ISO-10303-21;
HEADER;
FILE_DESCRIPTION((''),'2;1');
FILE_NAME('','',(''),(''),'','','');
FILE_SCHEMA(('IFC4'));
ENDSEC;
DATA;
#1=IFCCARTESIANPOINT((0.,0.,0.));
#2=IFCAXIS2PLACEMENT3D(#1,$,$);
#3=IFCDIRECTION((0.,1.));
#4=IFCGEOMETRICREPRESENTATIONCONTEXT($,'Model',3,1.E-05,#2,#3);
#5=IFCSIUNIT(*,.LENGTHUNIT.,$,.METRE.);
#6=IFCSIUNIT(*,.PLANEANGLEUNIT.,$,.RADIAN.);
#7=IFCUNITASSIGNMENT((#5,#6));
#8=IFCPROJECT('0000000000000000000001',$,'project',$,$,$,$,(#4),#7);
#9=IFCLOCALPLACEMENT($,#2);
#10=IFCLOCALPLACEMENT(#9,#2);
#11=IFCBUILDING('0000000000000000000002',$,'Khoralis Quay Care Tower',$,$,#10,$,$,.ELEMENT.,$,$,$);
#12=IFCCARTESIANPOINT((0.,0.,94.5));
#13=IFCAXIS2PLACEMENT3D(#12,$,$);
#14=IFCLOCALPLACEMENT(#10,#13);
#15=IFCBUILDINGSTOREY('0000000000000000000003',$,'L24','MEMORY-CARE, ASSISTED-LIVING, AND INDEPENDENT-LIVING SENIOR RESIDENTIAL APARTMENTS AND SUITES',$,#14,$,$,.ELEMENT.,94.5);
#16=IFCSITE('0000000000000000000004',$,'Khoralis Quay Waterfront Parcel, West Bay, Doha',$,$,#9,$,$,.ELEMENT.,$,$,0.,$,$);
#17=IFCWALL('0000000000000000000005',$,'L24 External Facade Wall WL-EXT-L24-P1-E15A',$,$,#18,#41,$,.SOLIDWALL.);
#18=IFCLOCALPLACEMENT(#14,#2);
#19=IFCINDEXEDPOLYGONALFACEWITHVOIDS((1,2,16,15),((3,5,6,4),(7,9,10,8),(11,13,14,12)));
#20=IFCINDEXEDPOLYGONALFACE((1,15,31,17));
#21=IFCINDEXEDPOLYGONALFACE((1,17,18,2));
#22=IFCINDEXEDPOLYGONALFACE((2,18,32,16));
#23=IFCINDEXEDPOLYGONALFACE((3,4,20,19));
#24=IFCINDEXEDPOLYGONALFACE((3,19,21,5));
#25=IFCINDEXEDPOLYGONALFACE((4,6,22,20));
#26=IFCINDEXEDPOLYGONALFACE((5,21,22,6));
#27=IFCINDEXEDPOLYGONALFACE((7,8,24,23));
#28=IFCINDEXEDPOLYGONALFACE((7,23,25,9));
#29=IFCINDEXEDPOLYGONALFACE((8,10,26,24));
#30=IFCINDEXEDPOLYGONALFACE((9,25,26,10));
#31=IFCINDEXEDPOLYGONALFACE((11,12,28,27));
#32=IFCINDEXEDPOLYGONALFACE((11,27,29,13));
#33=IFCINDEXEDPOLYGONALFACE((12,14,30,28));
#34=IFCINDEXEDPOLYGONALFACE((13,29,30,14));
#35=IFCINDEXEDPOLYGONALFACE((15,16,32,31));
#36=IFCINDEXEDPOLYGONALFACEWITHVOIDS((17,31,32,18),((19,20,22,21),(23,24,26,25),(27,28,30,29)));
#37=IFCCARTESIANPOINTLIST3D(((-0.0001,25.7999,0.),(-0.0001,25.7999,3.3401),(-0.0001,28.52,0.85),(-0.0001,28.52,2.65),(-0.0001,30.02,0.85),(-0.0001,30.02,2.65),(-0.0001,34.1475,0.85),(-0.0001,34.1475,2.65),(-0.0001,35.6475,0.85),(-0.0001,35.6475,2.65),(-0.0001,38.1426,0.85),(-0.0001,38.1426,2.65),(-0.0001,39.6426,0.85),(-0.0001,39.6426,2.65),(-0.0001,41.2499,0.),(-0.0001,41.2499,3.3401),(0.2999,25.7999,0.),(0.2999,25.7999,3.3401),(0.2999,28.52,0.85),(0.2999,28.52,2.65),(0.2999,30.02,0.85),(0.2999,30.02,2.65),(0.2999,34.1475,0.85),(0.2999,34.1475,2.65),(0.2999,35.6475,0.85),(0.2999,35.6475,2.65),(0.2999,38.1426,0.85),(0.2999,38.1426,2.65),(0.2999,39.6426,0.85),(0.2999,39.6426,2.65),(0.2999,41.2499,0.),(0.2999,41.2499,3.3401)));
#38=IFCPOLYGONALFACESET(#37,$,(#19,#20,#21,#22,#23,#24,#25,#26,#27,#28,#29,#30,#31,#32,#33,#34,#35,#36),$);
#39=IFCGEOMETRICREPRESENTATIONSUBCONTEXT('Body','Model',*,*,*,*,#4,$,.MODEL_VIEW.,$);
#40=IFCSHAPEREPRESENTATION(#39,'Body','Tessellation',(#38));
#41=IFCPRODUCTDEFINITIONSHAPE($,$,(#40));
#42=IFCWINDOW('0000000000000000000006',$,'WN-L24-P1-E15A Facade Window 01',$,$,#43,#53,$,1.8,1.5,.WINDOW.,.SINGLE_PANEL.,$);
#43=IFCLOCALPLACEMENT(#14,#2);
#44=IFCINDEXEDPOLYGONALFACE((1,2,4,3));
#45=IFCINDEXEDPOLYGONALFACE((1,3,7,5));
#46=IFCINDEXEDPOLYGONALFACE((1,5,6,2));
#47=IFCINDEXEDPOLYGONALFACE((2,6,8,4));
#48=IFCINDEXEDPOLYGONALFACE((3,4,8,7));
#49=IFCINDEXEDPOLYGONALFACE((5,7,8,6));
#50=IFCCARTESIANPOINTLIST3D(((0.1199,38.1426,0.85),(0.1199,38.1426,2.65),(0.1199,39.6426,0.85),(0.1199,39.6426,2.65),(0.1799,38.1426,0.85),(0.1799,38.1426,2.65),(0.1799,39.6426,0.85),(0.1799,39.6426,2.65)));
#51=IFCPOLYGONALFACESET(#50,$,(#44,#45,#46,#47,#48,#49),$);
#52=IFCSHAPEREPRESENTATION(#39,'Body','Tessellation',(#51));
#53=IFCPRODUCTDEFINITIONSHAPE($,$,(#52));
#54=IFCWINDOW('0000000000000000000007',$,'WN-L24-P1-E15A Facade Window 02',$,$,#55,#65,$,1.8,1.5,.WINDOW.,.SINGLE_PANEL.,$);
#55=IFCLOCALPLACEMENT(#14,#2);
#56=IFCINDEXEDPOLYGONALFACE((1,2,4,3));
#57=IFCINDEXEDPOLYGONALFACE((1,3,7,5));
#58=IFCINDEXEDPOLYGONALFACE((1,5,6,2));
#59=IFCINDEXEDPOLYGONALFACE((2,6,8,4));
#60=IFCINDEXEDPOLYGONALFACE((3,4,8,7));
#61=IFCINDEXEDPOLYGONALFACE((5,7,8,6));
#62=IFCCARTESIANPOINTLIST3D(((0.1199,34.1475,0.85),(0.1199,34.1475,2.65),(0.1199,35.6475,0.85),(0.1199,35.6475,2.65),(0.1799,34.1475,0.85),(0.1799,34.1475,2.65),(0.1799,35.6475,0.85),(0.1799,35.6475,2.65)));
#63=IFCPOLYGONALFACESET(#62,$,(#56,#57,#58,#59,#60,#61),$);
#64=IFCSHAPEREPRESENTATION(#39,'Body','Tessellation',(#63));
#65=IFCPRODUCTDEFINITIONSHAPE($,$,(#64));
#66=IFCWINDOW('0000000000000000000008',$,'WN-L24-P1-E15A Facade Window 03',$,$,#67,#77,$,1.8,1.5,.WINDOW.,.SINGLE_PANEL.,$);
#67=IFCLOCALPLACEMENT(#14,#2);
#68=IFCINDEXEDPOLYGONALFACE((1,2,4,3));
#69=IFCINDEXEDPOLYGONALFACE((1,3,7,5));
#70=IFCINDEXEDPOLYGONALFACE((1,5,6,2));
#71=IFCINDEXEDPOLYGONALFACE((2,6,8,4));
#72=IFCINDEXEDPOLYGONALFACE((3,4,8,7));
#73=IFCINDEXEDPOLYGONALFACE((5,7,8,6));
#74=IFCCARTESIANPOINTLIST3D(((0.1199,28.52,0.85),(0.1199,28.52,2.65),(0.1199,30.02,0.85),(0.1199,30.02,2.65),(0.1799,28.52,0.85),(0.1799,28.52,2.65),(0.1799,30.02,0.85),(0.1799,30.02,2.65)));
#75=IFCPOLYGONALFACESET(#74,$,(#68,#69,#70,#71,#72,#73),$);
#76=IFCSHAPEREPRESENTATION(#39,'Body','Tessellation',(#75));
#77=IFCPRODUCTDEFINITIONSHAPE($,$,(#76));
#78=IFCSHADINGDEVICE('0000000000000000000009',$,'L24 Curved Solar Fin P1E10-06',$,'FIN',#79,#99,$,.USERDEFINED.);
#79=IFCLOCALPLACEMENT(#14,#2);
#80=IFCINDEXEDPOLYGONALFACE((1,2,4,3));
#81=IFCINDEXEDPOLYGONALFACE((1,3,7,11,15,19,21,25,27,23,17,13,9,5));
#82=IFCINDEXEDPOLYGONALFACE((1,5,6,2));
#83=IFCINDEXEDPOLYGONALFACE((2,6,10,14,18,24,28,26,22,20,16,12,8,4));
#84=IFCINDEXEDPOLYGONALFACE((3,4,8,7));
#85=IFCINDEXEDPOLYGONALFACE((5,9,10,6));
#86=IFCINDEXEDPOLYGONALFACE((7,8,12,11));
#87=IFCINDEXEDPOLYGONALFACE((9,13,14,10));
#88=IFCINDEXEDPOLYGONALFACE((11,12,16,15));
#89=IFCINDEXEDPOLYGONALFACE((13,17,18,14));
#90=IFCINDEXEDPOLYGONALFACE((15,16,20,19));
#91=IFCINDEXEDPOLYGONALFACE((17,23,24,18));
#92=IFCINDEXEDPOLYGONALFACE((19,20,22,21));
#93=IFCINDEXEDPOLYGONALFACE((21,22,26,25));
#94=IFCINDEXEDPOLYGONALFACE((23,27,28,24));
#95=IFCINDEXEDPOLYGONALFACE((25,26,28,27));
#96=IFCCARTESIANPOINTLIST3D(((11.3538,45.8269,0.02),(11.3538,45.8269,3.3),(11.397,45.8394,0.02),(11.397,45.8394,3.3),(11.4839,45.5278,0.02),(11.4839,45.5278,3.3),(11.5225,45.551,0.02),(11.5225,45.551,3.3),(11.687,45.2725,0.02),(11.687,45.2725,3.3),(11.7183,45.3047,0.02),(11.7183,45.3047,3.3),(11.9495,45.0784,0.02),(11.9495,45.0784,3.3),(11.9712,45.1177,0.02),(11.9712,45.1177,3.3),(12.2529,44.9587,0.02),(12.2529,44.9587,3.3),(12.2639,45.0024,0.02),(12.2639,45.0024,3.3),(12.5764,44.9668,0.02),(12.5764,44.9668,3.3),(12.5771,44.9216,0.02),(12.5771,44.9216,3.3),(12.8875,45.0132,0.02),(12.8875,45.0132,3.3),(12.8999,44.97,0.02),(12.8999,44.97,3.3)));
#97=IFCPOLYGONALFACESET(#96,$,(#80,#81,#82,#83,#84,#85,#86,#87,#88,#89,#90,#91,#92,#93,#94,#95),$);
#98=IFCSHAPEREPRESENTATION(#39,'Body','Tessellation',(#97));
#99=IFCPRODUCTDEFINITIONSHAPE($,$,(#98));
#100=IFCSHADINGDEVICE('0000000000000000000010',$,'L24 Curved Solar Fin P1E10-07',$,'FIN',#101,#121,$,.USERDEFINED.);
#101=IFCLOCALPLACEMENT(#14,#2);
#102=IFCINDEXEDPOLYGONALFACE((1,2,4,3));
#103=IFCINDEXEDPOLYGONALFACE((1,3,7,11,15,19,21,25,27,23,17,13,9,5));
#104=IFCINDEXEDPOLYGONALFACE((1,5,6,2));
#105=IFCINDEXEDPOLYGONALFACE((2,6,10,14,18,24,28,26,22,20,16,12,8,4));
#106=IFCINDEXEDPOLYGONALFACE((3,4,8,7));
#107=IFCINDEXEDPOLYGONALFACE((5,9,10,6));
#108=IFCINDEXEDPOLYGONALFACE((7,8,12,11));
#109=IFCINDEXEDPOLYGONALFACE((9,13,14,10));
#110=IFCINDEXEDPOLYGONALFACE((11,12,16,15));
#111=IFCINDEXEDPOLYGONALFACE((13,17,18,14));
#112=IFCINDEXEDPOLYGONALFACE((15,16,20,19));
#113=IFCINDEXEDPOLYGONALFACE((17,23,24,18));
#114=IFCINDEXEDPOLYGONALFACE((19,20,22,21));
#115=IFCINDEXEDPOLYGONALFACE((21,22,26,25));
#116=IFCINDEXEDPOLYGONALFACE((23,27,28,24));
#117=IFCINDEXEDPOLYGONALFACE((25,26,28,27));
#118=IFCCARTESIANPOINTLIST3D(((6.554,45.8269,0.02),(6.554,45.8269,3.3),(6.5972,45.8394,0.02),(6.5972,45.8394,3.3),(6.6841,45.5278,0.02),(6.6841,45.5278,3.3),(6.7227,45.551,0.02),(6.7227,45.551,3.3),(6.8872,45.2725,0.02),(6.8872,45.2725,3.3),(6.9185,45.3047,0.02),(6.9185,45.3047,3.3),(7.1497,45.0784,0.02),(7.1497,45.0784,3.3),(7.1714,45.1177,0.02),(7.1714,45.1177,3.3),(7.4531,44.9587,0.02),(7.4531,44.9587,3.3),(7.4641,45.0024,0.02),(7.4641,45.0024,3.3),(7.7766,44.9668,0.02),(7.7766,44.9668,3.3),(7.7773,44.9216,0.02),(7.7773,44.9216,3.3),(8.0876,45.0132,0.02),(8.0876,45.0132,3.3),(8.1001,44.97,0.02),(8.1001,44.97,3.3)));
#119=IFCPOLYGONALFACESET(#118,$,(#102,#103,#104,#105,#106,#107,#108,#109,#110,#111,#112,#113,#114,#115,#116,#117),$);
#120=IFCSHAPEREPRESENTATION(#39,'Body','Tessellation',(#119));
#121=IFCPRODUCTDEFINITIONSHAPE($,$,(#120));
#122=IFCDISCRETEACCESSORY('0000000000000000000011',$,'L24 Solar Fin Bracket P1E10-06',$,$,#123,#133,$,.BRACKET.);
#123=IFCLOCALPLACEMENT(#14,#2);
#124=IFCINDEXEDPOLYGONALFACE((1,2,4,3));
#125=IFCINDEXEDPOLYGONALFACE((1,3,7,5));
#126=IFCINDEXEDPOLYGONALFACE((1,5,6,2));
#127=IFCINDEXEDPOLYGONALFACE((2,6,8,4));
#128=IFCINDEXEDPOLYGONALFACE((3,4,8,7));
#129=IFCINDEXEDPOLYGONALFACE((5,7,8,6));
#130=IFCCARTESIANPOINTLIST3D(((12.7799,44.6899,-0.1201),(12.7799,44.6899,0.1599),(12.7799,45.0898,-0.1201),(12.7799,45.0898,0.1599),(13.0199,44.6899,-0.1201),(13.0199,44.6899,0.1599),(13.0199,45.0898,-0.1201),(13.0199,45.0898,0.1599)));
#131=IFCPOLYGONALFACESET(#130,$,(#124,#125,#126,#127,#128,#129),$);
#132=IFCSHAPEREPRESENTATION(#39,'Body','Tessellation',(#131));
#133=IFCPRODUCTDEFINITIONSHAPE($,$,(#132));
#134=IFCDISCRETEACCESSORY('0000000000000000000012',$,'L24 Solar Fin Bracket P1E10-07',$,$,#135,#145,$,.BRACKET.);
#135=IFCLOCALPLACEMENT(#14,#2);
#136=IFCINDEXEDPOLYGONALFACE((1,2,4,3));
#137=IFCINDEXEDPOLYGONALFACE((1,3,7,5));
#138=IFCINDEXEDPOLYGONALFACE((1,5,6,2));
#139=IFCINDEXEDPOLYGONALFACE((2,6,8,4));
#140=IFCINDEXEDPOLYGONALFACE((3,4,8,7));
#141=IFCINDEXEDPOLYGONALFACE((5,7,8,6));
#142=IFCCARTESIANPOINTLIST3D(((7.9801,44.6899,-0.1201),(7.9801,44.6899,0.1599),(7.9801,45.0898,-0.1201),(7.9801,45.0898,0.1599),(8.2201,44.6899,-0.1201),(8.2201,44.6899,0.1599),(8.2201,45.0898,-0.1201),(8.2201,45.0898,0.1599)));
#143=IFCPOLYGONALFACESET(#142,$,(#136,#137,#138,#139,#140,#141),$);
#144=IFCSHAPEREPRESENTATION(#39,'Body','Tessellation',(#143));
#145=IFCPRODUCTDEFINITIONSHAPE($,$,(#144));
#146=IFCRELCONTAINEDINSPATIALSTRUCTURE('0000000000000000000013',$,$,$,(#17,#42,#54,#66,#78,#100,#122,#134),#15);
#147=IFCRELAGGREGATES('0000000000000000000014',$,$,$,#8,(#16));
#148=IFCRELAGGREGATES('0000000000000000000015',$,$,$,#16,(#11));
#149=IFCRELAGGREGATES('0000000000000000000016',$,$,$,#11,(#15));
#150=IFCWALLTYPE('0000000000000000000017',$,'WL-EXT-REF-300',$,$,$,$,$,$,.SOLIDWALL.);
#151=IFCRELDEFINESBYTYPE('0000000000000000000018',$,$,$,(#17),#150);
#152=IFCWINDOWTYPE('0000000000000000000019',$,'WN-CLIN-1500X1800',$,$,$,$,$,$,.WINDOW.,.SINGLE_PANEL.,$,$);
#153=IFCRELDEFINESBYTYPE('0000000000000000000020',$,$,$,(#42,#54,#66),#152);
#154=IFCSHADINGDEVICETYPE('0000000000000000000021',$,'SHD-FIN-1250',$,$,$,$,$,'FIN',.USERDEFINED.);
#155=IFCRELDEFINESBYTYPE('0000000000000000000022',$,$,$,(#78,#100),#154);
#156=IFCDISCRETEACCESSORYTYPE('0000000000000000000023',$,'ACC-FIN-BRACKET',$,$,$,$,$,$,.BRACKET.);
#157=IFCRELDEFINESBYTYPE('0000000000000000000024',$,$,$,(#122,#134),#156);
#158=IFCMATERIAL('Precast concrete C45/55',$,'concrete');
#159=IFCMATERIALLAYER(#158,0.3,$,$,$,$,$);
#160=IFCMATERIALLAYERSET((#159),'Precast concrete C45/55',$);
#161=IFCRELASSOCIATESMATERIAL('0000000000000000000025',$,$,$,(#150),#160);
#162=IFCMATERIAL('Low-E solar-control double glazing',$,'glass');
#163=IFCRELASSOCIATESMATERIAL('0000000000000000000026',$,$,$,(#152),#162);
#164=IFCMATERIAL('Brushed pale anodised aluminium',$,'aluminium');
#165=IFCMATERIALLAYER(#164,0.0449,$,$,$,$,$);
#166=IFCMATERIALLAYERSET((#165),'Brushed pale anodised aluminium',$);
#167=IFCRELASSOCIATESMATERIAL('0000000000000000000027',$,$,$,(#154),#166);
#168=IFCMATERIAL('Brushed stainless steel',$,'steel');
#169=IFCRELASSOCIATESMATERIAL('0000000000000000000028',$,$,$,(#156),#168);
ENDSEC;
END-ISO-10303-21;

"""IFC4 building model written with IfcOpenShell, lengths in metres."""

from ifc_helpers import new_model, si_unit, direction, frame, frame_2d, origin, origin_2d, place, context, subcontext, project, spatial, polyline, rectangle, outline, extrude, source, transform, mapped, material, layer, layer_set, type_object, element, fill, save


model = new_model("IFC4")

# Units and contexts
model_context = context("Model", 3, precision=1e-05, world=origin(), true_north=direction((0.0, 1.0)))
body_context = subcontext(model_context, "Body", "Model", "MODEL_VIEW")
ifc_project = project(units=[si_unit("LENGTHUNIT", "METRE"), si_unit("PLANEANGLEUNIT", "RADIAN")], contexts=[model_context])

# Site, building, storey
site_placement = place(None, origin())
site = spatial("IfcSite", under=ifc_project, at=site_placement, Name="Khoralis Quay Waterfront Parcel, West Bay, Doha", CompositionType="ELEMENT", RefElevation=0.0)
building_placement = place(site_placement, origin())
building = spatial("IfcBuilding", under=site, at=building_placement, Name="Khoralis Quay Care Tower", CompositionType="ELEMENT")
storey_placement = place(building_placement, frame((0.0, 0.0, 94.5)))
storey = spatial("IfcBuildingStorey", under=building, at=storey_placement, Name="L24", Description="MEMORY-CARE, ASSISTED-LIVING, AND INDEPENDENT-LIVING SENIOR RESIDENTIAL APARTMENTS AND SUITES", CompositionType="ELEMENT", Elevation=94.5)

# Shared definitions
ifc_material_1 = material(Name="Low-E solar-control double glazing", Category="glass")

# Shared definitions
ifc_material_2 = material(Name="Precast concrete C45/55", Category="concrete")
ifc_layer_1 = layer(ifc_material_2, 0.3)
ifc_layer_set_1 = layer_set([ifc_layer_1], Name="Precast concrete C45/55")
wall_type = type_object("IfcWallType", Name="WL-EXT-REF-300", PredefinedType="SOLIDWALL", material=ifc_layer_set_1)
window_type = type_object("IfcWindowType", Name="WN-CLIN-1500X1800", PartitioningType="SINGLE_PANEL", PredefinedType="WINDOW", material=ifc_material_1)
shared_shape_1 = source(origin(), body_context, "Body", "SweptSolid", [
    extrude(rectangle(XDim=1.5, YDim=1.8, at=frame_2d((0.75, 0.8999))), frame((0.0, 0.03, 0.0), z_axis=(0.0, -1.0, 0.0), x_axis=(1.0, 0.0, 0.0)), (0.0, 0.0, 1.0), 0.0601),
])

# Wall, openings, windows
wall_1_placement = place(storey_placement, frame((0.1499, 41.25, 0.0), z_axis=(0.0, 0.0, 1.0), x_axis=(0.0, -1.0, 0.0)))
wall_1 = element("IfcWall", 1, at=wall_1_placement, inside=storey, type_object=wall_type, Name="L24 External Facade Wall WL-EXT-L24-P1-E15A", PredefinedType="SOLIDWALL", context=body_context, shape_type="SweptSolid", body=[
    extrude(rectangle(XDim=15.45, YDim=0.3, at=frame_2d((7.7251, 0.0))), origin(), (0.0, 0.0, 1.0), 3.3401),
])
opening_1_placement = place(wall_1_placement, frame((1.6074, 0.0, 0.8501)))
opening_1 = element("IfcOpeningElement", 2, at=opening_1_placement, cuts=wall_1, PredefinedType="OPENING", context=body_context, shape_type="SweptSolid", body=[
    extrude(rectangle(XDim=1.5, YDim=1.8, at=frame_2d((0.75, 0.8999))), frame((0.0, 0.1602, 0.0), z_axis=(0.0, -1.0, 0.0), x_axis=(1.0, 0.0, 0.0)), (0.0, 0.0, 1.0), 0.3201),
])
opening_2_placement = place(wall_1_placement, frame((5.6025, 0.0, 0.8501)))
opening_2 = element("IfcOpeningElement", 3, at=opening_2_placement, cuts=wall_1, PredefinedType="OPENING", context=body_context, shape_type="SweptSolid", body=[
    extrude(rectangle(XDim=1.5, YDim=1.8, at=frame_2d((0.75, 0.8999))), frame((0.0, 0.1602, 0.0), z_axis=(0.0, -1.0, 0.0), x_axis=(1.0, 0.0, 0.0)), (0.0, 0.0, 1.0), 0.3201),
])
opening_3_placement = place(wall_1_placement, frame((11.23, 0.0, 0.8501)))
opening_3 = element("IfcOpeningElement", 4, at=opening_3_placement, cuts=wall_1, PredefinedType="OPENING", context=body_context, shape_type="SweptSolid", body=[
    extrude(rectangle(XDim=1.5, YDim=1.8, at=frame_2d((0.75, 0.8999))), frame((0.0, 0.1602, 0.0), z_axis=(0.0, -1.0, 0.0), x_axis=(1.0, 0.0, 0.0)), (0.0, 0.0, 1.0), 0.3201),
])
window_1_placement = place(opening_1_placement, origin())
window_1 = element("IfcWindow", 5, at=window_1_placement, inside=storey, type_object=window_type, Name="WN-L24-P1-E15A Facade Window 01", OverallHeight=1.8, OverallWidth=1.5, PartitioningType="SINGLE_PANEL", PredefinedType="WINDOW", context=body_context, shape_type="MappedRepresentation", body=[
    mapped(shared_shape_1, transform((0.0, 0.0, 0.0), scale=1.0)),
])
fill(opening_1, window_1)
window_2_placement = place(opening_2_placement, origin())
window_2 = element("IfcWindow", 6, at=window_2_placement, inside=storey, type_object=window_type, Name="WN-L24-P1-E15A Facade Window 02", OverallHeight=1.8, OverallWidth=1.5, PartitioningType="SINGLE_PANEL", PredefinedType="WINDOW", context=body_context, shape_type="MappedRepresentation", body=[
    mapped(shared_shape_1, transform((0.0, 0.0, 0.0), scale=1.0)),
])
fill(opening_2, window_2)
window_3_placement = place(opening_3_placement, origin())
window_3 = element("IfcWindow", 7, at=window_3_placement, inside=storey, type_object=window_type, Name="WN-L24-P1-E15A Facade Window 03", OverallHeight=1.8, OverallWidth=1.5, PartitioningType="SINGLE_PANEL", PredefinedType="WINDOW", context=body_context, shape_type="MappedRepresentation", body=[
    mapped(shared_shape_1, transform((0.0, 0.0, 0.0), scale=1.0)),
])
fill(opening_3, window_3)

# Shading devices
ifc_material_3 = material(Name="Brushed pale anodised aluminium", Category="aluminium")
ifc_layer_2 = layer(ifc_material_3, 0.0449)
ifc_layer_set_2 = layer_set([ifc_layer_2], Name="Brushed pale anodised aluminium")
shading_device_type = type_object("IfcShadingDeviceType", Name="SHD-FIN-1250", ElementType="FIN", PredefinedType="USERDEFINED", material=ifc_layer_set_2)
shared_shape_2 = source(origin(), body_context, "Body", "SweptSolid", [
    extrude(outline(polyline([(0.0, 0.0), (-0.0483, 0.3228), (-0.0112, 0.647), (0.1084, 0.9504), (0.3025, 1.2129), (0.5579, 1.416), (0.8569, 1.5461), (0.8694, 1.5029), (0.5811, 1.3774), (0.3347, 1.1816), (0.1477, 0.9287), (0.0325, 0.636), (-0.0032, 0.3235), (0.0432, 0.0125), (0.0, 0.0)])), origin(), (0.0, 0.0, 1.0), 3.28),
])
for number, where, z_axis, x_axis, name in (
    (8, (12.8999, 44.97, 0.02), (0.0, 0.0, 1.0), (0.0, 1.0, 0.0), "L24 Curved Solar Fin P1E10-06"),
    (9, (8.1001, 44.97, 0.02), (0.0, 0.0, 1.0), (0.0, 1.0, 0.0), "L24 Curved Solar Fin P1E10-07"),
):
    element("IfcShadingDevice", number, at=place(storey_placement, frame(where, z_axis=z_axis, x_axis=x_axis)), inside=storey, type_object=shading_device_type, Name=name, ObjectType="FIN", PredefinedType="USERDEFINED", context=body_context, shape_type="MappedRepresentation", body=[
        mapped(shared_shape_2, transform((0.0, 0.0, 0.0), scale=1.0)),
    ])

# Discrete accessories
ifc_material_4 = material(Name="Brushed stainless steel", Category="steel")
discrete_accessory_type = type_object("IfcDiscreteAccessoryType", Name="ACC-FIN-BRACKET", PredefinedType="BRACKET", material=ifc_material_4)
shared_shape_3 = source(origin(), body_context, "Body", "SweptSolid", [
    extrude(rectangle(XDim=0.3999, YDim=0.24, at=origin_2d()), origin(), (0.0, 0.0, 1.0), 0.28),
])
for number, where, z_axis, x_axis, name in (
    (10, (12.8999, 44.8899, -0.1201), (0.0, 0.0, 1.0), (0.0, 1.0, 0.0), "L24 Solar Fin Bracket P1E10-06"),
    (11, (8.1001, 44.8899, -0.1201), (0.0, 0.0, 1.0), (0.0, 1.0, 0.0), "L24 Solar Fin Bracket P1E10-07"),
):
    element("IfcDiscreteAccessory", number, at=place(storey_placement, frame(where, z_axis=z_axis, x_axis=x_axis)), inside=storey, type_object=discrete_accessory_type, Name=name, PredefinedType="BRACKET", context=body_context, shape_type="MappedRepresentation", body=[
        mapped(shared_shape_3, transform((0.0, 0.0, 0.0), scale=1.0)),
    ])

save(model, "model.ifc")
